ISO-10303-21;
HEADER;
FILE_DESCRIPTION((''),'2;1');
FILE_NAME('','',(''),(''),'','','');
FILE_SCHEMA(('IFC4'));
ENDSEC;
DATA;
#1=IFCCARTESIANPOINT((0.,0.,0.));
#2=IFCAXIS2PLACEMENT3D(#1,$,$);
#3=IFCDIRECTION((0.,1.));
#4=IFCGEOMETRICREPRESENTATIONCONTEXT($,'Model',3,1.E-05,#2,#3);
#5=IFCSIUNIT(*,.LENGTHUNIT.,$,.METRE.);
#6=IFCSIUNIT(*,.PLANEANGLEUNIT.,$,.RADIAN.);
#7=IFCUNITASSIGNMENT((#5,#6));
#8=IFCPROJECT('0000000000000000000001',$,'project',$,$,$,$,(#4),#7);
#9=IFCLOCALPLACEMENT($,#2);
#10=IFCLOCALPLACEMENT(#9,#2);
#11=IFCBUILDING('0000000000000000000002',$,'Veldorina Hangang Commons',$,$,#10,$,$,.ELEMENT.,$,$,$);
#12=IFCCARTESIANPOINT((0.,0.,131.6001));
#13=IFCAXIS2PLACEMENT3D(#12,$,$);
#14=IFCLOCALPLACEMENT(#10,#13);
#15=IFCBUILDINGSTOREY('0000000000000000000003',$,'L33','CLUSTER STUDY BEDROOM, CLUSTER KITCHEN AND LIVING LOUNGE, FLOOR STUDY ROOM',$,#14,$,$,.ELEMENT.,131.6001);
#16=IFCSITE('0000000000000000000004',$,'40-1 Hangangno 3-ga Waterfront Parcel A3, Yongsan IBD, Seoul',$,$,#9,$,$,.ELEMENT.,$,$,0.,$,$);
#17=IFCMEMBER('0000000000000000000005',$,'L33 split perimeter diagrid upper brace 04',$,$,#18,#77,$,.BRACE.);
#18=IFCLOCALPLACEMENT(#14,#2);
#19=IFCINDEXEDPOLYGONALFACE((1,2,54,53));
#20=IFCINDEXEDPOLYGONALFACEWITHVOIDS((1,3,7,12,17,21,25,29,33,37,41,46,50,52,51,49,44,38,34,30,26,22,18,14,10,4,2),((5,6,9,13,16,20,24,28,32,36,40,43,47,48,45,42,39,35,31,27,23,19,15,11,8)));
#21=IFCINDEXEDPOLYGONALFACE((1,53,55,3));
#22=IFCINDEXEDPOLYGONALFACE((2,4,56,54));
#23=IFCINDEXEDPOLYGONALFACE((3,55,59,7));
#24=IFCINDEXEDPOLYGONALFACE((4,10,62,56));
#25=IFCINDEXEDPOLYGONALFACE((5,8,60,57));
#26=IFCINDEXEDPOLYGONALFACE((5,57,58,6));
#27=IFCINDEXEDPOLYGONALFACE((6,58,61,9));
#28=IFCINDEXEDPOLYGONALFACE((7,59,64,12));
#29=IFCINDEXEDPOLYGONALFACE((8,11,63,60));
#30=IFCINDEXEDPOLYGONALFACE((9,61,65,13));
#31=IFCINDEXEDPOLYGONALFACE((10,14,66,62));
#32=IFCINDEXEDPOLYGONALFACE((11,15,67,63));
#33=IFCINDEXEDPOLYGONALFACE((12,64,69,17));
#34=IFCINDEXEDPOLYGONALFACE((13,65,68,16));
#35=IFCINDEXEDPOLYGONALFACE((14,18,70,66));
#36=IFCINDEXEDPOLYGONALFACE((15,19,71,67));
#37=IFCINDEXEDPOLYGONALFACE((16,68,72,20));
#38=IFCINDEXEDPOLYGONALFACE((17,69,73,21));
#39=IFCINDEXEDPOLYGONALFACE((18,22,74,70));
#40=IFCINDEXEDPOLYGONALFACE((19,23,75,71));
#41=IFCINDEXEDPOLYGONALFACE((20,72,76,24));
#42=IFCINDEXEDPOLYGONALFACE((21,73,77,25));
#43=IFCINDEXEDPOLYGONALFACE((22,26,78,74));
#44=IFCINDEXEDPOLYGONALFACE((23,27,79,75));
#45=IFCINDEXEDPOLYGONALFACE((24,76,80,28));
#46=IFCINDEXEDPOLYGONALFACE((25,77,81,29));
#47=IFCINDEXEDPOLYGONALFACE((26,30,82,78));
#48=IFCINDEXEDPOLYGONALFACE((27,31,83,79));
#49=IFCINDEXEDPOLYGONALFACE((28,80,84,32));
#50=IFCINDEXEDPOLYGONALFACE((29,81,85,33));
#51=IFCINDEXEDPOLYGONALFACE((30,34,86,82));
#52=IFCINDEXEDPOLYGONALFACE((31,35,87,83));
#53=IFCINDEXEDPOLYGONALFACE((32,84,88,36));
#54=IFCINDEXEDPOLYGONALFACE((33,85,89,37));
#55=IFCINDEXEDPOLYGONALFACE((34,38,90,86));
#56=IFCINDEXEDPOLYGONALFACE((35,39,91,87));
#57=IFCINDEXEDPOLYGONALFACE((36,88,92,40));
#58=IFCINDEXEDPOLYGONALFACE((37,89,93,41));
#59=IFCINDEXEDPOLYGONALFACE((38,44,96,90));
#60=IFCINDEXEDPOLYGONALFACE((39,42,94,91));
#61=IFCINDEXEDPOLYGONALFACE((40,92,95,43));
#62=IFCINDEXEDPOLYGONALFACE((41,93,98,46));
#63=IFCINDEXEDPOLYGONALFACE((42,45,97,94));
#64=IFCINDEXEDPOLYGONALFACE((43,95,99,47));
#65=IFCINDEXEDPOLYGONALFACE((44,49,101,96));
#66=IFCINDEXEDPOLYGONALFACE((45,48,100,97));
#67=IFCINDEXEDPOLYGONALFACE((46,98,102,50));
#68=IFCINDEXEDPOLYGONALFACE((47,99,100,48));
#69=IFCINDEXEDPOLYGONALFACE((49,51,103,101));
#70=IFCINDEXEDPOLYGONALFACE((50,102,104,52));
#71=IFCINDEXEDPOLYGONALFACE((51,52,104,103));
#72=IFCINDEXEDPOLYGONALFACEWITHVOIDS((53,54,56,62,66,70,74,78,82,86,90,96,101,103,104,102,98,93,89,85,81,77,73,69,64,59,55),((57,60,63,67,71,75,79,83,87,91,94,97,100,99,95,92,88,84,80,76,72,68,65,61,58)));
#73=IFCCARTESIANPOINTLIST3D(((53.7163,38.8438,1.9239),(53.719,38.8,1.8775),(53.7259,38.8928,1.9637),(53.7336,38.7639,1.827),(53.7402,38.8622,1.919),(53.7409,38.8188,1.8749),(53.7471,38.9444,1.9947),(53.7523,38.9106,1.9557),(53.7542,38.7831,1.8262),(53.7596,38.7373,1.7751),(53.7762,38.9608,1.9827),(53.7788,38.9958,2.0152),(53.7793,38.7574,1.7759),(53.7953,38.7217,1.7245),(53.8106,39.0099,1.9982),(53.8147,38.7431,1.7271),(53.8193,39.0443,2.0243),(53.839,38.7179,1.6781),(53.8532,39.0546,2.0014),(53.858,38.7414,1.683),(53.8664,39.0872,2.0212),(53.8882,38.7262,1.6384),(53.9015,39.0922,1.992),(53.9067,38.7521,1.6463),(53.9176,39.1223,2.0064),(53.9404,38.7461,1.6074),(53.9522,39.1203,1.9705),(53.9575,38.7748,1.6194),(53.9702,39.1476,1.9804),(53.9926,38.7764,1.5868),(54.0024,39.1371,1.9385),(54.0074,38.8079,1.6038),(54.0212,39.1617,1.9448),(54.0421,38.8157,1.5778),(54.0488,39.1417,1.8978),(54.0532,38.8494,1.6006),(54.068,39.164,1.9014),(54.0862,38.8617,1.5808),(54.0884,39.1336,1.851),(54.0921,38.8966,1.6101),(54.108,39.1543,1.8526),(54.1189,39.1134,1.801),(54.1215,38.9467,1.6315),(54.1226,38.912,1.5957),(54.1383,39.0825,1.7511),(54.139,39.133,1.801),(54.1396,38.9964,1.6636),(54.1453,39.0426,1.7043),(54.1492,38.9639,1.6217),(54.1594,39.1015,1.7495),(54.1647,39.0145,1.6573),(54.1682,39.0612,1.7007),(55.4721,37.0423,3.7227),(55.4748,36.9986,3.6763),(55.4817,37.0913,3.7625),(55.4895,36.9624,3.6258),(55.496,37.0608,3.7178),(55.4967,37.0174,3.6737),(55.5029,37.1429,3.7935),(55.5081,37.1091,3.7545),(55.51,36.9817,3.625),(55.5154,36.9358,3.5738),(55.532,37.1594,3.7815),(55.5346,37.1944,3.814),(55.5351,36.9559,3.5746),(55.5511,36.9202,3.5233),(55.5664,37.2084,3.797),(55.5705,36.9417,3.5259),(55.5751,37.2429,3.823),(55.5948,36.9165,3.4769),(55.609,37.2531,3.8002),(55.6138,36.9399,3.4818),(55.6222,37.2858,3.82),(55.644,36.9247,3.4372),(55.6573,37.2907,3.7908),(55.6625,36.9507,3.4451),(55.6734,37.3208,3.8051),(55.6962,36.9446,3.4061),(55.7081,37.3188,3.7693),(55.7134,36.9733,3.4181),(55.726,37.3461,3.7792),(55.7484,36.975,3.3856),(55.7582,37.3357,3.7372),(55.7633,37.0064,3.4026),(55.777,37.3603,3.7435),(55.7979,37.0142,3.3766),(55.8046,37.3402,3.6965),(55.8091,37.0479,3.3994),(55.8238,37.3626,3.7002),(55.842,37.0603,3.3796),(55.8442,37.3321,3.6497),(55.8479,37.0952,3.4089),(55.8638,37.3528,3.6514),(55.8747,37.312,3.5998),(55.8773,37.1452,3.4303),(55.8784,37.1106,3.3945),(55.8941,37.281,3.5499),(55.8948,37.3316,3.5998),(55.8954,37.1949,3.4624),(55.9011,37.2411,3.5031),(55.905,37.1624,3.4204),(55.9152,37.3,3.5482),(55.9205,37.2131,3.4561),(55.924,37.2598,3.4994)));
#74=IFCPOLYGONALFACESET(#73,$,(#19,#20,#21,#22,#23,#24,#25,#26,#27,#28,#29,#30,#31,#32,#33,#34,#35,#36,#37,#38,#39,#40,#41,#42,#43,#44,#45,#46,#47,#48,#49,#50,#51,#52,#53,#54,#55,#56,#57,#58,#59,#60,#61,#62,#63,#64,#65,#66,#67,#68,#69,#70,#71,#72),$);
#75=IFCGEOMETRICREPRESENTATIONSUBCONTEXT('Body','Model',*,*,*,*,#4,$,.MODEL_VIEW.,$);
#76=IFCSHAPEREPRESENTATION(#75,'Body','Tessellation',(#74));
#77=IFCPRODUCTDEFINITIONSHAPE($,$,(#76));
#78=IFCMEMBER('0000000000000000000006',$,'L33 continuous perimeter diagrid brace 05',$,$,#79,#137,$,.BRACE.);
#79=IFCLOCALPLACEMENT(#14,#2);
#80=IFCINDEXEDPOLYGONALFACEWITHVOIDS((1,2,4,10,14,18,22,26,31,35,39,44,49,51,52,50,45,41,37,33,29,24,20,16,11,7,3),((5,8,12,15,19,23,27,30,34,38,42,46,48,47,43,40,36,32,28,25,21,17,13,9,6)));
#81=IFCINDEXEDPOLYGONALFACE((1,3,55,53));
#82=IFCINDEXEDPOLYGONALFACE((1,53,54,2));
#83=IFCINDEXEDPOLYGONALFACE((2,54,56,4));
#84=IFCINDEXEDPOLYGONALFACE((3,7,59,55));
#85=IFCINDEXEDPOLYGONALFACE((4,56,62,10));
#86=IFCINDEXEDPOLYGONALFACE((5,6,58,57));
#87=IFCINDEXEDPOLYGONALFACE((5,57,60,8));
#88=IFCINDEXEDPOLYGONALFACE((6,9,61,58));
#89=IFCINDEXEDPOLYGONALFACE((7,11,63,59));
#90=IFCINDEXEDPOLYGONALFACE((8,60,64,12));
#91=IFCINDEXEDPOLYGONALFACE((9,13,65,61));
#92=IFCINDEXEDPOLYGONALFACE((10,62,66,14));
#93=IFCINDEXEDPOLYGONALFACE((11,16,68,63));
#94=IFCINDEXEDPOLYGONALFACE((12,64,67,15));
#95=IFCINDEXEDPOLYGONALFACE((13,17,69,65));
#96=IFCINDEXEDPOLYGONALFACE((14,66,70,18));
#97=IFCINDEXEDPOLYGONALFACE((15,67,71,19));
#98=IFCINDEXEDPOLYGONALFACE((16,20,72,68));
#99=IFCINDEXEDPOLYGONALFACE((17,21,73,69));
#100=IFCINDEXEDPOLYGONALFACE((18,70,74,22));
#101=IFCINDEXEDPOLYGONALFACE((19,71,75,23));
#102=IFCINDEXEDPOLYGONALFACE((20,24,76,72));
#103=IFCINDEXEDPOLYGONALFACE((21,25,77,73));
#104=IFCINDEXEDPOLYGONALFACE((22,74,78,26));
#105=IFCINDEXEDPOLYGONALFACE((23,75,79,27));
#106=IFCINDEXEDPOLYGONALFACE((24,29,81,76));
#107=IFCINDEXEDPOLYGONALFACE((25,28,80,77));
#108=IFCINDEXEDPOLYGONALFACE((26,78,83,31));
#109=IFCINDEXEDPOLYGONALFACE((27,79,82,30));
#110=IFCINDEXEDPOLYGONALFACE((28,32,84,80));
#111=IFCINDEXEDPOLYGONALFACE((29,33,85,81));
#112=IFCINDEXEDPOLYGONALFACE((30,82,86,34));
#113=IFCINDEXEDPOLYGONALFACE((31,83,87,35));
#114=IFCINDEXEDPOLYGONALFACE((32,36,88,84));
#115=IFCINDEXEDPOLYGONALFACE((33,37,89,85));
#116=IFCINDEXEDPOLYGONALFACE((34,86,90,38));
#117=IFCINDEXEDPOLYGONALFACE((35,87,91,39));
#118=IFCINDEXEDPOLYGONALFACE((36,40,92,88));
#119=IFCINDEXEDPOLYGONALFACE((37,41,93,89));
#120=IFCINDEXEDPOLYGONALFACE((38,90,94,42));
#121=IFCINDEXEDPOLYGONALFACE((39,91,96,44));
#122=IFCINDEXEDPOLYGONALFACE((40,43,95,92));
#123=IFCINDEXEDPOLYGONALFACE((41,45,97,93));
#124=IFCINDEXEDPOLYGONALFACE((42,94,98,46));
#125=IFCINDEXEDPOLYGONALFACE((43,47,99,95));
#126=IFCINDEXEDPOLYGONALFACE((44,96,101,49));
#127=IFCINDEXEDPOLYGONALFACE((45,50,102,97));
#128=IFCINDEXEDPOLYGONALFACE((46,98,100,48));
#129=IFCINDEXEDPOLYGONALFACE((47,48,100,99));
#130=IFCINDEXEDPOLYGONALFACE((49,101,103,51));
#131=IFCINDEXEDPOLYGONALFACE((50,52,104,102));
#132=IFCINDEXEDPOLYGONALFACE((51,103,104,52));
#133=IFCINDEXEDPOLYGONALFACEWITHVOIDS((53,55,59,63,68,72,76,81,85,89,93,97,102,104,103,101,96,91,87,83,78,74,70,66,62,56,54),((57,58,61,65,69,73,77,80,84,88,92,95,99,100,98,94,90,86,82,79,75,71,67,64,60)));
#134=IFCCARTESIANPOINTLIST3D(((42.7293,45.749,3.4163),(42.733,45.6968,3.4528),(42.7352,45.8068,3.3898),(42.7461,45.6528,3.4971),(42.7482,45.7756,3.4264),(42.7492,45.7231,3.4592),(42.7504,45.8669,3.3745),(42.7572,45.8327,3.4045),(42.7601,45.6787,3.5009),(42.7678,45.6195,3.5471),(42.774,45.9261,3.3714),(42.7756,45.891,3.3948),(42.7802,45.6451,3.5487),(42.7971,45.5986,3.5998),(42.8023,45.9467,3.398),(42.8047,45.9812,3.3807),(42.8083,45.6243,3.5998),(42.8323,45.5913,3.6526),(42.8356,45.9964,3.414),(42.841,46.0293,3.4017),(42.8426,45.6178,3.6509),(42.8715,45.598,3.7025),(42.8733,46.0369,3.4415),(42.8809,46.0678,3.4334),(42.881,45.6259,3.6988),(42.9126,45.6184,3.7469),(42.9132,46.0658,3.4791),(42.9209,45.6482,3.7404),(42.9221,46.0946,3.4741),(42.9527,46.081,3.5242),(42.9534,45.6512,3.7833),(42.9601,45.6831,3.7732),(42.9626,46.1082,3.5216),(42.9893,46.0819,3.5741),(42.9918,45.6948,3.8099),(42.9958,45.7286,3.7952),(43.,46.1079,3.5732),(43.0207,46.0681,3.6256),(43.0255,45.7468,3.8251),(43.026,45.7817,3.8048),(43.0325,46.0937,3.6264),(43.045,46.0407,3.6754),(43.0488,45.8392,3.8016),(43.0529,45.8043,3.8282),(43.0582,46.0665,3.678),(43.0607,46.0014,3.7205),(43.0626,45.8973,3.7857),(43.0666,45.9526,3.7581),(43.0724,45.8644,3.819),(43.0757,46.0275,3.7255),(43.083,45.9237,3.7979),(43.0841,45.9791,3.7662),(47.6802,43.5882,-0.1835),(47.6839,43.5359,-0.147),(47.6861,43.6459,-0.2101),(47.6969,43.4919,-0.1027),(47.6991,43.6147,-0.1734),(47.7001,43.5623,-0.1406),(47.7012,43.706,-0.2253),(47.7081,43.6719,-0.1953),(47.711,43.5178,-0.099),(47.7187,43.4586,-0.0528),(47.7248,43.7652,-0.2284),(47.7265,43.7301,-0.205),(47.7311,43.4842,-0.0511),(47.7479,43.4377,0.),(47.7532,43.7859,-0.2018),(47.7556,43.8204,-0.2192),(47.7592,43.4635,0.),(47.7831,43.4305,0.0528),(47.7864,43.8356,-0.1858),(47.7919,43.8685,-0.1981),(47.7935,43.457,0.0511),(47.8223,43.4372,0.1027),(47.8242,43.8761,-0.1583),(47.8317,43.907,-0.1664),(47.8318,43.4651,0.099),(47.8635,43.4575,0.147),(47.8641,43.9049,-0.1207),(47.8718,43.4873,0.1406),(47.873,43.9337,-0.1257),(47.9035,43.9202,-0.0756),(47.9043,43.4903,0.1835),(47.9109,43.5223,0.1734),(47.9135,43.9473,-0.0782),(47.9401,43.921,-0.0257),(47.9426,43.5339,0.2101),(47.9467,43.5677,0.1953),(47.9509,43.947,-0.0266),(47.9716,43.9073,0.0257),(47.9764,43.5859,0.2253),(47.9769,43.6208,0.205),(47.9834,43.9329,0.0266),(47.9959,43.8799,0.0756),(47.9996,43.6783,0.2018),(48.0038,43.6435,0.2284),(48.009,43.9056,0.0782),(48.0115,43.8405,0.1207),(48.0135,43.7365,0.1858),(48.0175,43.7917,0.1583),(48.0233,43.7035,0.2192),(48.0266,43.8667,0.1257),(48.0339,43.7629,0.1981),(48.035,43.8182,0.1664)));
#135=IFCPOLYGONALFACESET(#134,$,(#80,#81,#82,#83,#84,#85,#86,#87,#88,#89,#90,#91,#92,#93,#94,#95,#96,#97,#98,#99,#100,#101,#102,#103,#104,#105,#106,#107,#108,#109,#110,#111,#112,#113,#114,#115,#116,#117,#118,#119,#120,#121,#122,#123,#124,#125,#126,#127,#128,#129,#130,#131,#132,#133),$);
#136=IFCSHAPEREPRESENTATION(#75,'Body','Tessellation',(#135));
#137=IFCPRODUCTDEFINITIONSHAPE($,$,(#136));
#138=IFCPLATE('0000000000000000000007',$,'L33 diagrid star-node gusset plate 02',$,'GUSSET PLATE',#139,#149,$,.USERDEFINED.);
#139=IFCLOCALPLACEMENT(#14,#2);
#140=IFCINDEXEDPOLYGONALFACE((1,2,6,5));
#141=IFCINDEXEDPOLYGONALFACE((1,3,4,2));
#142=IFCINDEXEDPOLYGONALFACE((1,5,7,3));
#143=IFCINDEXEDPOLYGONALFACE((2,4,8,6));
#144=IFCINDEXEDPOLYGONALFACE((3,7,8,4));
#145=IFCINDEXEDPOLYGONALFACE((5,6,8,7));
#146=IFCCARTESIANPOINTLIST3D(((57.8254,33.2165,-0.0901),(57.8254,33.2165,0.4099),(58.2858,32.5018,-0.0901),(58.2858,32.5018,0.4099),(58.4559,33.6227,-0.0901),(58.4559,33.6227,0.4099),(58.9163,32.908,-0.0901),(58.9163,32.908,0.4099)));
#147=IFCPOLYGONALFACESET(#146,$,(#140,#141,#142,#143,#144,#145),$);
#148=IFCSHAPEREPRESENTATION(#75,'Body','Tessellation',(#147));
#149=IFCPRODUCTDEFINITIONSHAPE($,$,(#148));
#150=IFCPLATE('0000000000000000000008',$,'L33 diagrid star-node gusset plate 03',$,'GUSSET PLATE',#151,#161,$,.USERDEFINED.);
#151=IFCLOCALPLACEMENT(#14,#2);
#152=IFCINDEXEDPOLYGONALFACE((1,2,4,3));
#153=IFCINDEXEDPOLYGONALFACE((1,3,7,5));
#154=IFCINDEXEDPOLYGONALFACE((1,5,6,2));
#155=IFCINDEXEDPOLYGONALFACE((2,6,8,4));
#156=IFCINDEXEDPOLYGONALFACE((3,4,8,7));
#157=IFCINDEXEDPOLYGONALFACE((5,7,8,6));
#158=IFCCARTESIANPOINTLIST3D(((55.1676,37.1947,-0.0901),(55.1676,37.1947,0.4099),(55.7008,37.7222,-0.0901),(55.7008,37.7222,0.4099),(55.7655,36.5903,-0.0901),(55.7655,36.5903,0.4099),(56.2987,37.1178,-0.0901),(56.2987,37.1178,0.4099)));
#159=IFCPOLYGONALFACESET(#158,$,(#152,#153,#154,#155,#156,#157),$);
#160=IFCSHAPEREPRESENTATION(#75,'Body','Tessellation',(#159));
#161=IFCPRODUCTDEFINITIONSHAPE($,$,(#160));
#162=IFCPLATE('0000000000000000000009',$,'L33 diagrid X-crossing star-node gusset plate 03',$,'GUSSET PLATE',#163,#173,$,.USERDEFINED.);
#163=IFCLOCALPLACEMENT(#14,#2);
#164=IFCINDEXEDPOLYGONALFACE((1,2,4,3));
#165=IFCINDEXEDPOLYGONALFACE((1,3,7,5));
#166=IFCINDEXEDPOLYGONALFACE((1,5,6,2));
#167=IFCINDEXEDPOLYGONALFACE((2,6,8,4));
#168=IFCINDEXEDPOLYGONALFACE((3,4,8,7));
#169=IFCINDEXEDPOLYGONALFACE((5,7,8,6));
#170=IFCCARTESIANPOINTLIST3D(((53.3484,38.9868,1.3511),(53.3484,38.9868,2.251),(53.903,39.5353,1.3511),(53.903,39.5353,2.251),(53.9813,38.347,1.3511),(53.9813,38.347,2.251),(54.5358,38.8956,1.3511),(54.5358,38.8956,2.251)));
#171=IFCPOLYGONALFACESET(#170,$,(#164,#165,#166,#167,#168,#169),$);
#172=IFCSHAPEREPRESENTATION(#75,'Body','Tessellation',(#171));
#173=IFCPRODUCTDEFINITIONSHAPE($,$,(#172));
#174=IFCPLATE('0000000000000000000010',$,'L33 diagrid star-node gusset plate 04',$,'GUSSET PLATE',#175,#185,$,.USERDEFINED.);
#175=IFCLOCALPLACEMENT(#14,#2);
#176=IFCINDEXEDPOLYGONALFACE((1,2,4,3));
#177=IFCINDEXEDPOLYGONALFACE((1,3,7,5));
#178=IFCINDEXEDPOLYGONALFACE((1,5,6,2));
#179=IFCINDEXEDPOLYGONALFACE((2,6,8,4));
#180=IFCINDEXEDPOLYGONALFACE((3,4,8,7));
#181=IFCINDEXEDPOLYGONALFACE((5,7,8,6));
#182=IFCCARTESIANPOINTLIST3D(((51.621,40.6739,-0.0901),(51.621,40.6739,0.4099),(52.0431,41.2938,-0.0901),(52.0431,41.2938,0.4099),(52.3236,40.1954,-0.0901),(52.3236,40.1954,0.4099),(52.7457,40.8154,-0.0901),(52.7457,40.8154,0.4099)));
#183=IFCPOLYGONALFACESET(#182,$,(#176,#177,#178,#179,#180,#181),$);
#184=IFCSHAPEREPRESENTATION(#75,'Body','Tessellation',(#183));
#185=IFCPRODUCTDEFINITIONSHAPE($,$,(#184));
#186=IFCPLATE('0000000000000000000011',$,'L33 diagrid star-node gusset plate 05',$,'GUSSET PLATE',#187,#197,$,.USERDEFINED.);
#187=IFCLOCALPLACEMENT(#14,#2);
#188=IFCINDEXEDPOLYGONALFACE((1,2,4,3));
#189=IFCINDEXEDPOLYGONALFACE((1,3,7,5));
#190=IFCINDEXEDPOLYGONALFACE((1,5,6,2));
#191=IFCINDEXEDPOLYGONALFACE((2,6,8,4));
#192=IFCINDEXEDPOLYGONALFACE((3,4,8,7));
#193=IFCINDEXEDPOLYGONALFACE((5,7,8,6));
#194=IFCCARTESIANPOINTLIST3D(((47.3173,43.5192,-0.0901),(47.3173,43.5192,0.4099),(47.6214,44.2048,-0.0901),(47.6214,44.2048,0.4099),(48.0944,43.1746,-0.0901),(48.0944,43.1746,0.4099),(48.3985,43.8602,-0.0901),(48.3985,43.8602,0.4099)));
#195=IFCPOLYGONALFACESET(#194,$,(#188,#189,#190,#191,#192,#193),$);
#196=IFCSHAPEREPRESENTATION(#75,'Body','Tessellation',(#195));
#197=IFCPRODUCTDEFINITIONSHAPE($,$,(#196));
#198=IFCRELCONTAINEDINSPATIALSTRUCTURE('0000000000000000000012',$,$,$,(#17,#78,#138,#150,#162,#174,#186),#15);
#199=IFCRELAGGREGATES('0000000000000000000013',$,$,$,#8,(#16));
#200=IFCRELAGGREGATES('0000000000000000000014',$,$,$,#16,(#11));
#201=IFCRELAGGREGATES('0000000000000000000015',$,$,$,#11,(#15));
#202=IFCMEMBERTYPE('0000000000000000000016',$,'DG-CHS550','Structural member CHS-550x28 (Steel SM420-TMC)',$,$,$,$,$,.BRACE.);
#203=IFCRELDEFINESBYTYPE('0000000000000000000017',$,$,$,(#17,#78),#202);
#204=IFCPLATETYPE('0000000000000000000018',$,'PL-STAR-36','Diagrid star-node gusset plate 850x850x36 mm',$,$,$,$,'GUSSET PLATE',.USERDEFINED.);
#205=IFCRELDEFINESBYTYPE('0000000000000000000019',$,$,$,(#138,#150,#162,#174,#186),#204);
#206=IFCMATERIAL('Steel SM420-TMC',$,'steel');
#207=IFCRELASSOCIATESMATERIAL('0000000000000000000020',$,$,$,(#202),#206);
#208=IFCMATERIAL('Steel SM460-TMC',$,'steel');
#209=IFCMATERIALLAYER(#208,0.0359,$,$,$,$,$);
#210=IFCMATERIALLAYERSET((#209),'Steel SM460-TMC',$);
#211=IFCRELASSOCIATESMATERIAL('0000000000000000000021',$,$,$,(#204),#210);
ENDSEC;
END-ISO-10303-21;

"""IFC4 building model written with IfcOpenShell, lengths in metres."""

from ifc_helpers import new_model, si_unit, direction, frame, origin, origin_2d, place, context, subcontext, project, spatial, rectangle, hollow_circle, extrude, material, layer, layer_set, material_profile, profile_set, type_object, element, save


model = new_model("IFC4")

# Units and contexts
model_context = context("Model", 3, precision=1e-05, world=origin(), true_north=direction((0.0, 1.0)))
body_context = subcontext(model_context, "Body", "Model", "MODEL_VIEW")
ifc_project = project(units=[si_unit("LENGTHUNIT", "METRE"), si_unit("PLANEANGLEUNIT", "RADIAN")], contexts=[model_context])

# Site, building, storey
site_placement = place(None, origin())
site = spatial("IfcSite", under=ifc_project, at=site_placement, Name="40-1 Hangangno 3-ga Waterfront Parcel A3, Yongsan IBD, Seoul", CompositionType="ELEMENT", RefElevation=0.0)
building_placement = place(site_placement, origin())
building = spatial("IfcBuilding", under=site, at=building_placement, Name="Veldorina Hangang Commons", CompositionType="ELEMENT")
storey_placement = place(building_placement, frame((0.0, 0.0, 131.6001)))
storey = spatial("IfcBuildingStorey", under=building, at=storey_placement, Name="L33", Description="CLUSTER STUDY BEDROOM, CLUSTER KITCHEN AND LIVING LOUNGE, FLOOR STUDY ROOM", CompositionType="ELEMENT", Elevation=131.6001)

# Shared definitions
ifc_material_1 = material(Name="Steel SM420-TMC", Category="steel")

# Members
ifc_material_profile_1 = material_profile(ifc_material_1, hollow_circle(Radius=0.2749, WallThickness=0.0281, at=origin_2d()), Name="CHS-550x28")
ifc_profile_set_1 = profile_set([ifc_material_profile_1], Name="Steel SM420-TMC")
member_type = type_object("IfcMemberType", Name="DG-CHS550", Description="Structural member CHS-550x28 (Steel SM420-TMC)", PredefinedType="BRACE", material=ifc_profile_set_1)
member_1_placement = place(storey_placement, frame((53.9421, 38.9412, 1.801), z_axis=(0.567759, -0.582521, 0.581653), x_axis=(0.716123, 0.697974, 0.0)))
element("IfcMember", 1, at=member_1_placement, inside=storey, type_object=member_type, Name="L33 split perimeter diagrid upper brace 04", PredefinedType="BRACE", context=body_context, shape_type="SweptSolid", body=[
    extrude(hollow_circle(Radius=0.2749, WallThickness=0.0281, at=origin_2d()), origin(), (0.0, 0.0, 1.0), 3.0925),
])
member_2_placement = place(storey_placement, frame((47.8579, 43.6897, 0.0), z_axis=(-0.762674, 0.332878, 0.554546), x_axis=(-0.40002, -0.916507, 0.0)))
element("IfcMember", 2, at=member_2_placement, inside=storey, type_object=member_type, Name="L33 continuous perimeter diagrid brace 05", PredefinedType="BRACE", context=body_context, shape_type="SweptSolid", body=[
    extrude(hollow_circle(Radius=0.2749, WallThickness=0.0281, at=origin_2d()), origin(), (0.0, 0.0, 1.0), 6.4915),
])

# Plates
ifc_material_2 = material(Name="Steel SM460-TMC", Category="steel")
ifc_layer_1 = layer(ifc_material_2, 0.0359)
ifc_layer_set_1 = layer_set([ifc_layer_1], Name="Steel SM460-TMC")
plate_type = type_object("IfcPlateType", Name="PL-STAR-36", Description="Diagrid star-node gusset plate 850x850x36 mm", ElementType="GUSSET PLATE", PredefinedType="USERDEFINED", material=ifc_layer_set_1)
for number, where, z_axis, x_axis, name in (
    (3, (58.3708, 33.0623, -0.0901), (0.0, 0.0, 1.0), (-0.541606, 0.840633, 0.0), "L33 diagrid star-node gusset plate 02"),
    (4, (55.7332, 37.1562, -0.0901), (0.0, 0.0, 1.0), (-0.703258, 0.710935, 0.0), "L33 diagrid star-node gusset plate 03"),
):
    element("IfcPlate", number, at=place(storey_placement, frame(where, z_axis=z_axis, x_axis=x_axis)), inside=storey, type_object=plate_type, Name=name, ObjectType="GUSSET PLATE", PredefinedType="USERDEFINED", context=body_context, shape_type="SweptSolid", body=[
        extrude(rectangle(XDim=0.8501, YDim=0.75, at=origin_2d()), origin(), (0.0, 0.0, 1.0), 0.5),
    ])
plate_1_placement = place(storey_placement, frame((53.9421, 38.9412, 1.3511), z_axis=(0.0, 0.0, 1.0), x_axis=(-0.703258, 0.710935, 0.0)))
element("IfcPlate", 5, at=plate_1_placement, inside=storey, type_object=plate_type, Name="L33 diagrid X-crossing star-node gusset plate 03", ObjectType="GUSSET PLATE", PredefinedType="USERDEFINED", context=body_context, shape_type="SweptSolid", body=[
    extrude(rectangle(XDim=0.8999, YDim=0.78, at=origin_2d()), origin(), (0.0, 0.0, 1.0), 0.8999),
])
for number, where, z_axis, x_axis, name in (
    (6, (52.1833, 40.7446, -0.0901), (0.0, 0.0, 1.0), (-0.8266, 0.562791, 0.0), "L33 diagrid star-node gusset plate 04"),
    (7, (47.8579, 43.6897, -0.0901), (0.0, 0.0, 1.0), (-0.914148, 0.405381, 0.0), "L33 diagrid star-node gusset plate 05"),
):
    element("IfcPlate", number, at=place(storey_placement, frame(where, z_axis=z_axis, x_axis=x_axis)), inside=storey, type_object=plate_type, Name=name, ObjectType="GUSSET PLATE", PredefinedType="USERDEFINED", context=body_context, shape_type="SweptSolid", body=[
        extrude(rectangle(XDim=0.8501, YDim=0.75, at=origin_2d()), origin(), (0.0, 0.0, 1.0), 0.5),
    ])

save(model, "model.ifc")
